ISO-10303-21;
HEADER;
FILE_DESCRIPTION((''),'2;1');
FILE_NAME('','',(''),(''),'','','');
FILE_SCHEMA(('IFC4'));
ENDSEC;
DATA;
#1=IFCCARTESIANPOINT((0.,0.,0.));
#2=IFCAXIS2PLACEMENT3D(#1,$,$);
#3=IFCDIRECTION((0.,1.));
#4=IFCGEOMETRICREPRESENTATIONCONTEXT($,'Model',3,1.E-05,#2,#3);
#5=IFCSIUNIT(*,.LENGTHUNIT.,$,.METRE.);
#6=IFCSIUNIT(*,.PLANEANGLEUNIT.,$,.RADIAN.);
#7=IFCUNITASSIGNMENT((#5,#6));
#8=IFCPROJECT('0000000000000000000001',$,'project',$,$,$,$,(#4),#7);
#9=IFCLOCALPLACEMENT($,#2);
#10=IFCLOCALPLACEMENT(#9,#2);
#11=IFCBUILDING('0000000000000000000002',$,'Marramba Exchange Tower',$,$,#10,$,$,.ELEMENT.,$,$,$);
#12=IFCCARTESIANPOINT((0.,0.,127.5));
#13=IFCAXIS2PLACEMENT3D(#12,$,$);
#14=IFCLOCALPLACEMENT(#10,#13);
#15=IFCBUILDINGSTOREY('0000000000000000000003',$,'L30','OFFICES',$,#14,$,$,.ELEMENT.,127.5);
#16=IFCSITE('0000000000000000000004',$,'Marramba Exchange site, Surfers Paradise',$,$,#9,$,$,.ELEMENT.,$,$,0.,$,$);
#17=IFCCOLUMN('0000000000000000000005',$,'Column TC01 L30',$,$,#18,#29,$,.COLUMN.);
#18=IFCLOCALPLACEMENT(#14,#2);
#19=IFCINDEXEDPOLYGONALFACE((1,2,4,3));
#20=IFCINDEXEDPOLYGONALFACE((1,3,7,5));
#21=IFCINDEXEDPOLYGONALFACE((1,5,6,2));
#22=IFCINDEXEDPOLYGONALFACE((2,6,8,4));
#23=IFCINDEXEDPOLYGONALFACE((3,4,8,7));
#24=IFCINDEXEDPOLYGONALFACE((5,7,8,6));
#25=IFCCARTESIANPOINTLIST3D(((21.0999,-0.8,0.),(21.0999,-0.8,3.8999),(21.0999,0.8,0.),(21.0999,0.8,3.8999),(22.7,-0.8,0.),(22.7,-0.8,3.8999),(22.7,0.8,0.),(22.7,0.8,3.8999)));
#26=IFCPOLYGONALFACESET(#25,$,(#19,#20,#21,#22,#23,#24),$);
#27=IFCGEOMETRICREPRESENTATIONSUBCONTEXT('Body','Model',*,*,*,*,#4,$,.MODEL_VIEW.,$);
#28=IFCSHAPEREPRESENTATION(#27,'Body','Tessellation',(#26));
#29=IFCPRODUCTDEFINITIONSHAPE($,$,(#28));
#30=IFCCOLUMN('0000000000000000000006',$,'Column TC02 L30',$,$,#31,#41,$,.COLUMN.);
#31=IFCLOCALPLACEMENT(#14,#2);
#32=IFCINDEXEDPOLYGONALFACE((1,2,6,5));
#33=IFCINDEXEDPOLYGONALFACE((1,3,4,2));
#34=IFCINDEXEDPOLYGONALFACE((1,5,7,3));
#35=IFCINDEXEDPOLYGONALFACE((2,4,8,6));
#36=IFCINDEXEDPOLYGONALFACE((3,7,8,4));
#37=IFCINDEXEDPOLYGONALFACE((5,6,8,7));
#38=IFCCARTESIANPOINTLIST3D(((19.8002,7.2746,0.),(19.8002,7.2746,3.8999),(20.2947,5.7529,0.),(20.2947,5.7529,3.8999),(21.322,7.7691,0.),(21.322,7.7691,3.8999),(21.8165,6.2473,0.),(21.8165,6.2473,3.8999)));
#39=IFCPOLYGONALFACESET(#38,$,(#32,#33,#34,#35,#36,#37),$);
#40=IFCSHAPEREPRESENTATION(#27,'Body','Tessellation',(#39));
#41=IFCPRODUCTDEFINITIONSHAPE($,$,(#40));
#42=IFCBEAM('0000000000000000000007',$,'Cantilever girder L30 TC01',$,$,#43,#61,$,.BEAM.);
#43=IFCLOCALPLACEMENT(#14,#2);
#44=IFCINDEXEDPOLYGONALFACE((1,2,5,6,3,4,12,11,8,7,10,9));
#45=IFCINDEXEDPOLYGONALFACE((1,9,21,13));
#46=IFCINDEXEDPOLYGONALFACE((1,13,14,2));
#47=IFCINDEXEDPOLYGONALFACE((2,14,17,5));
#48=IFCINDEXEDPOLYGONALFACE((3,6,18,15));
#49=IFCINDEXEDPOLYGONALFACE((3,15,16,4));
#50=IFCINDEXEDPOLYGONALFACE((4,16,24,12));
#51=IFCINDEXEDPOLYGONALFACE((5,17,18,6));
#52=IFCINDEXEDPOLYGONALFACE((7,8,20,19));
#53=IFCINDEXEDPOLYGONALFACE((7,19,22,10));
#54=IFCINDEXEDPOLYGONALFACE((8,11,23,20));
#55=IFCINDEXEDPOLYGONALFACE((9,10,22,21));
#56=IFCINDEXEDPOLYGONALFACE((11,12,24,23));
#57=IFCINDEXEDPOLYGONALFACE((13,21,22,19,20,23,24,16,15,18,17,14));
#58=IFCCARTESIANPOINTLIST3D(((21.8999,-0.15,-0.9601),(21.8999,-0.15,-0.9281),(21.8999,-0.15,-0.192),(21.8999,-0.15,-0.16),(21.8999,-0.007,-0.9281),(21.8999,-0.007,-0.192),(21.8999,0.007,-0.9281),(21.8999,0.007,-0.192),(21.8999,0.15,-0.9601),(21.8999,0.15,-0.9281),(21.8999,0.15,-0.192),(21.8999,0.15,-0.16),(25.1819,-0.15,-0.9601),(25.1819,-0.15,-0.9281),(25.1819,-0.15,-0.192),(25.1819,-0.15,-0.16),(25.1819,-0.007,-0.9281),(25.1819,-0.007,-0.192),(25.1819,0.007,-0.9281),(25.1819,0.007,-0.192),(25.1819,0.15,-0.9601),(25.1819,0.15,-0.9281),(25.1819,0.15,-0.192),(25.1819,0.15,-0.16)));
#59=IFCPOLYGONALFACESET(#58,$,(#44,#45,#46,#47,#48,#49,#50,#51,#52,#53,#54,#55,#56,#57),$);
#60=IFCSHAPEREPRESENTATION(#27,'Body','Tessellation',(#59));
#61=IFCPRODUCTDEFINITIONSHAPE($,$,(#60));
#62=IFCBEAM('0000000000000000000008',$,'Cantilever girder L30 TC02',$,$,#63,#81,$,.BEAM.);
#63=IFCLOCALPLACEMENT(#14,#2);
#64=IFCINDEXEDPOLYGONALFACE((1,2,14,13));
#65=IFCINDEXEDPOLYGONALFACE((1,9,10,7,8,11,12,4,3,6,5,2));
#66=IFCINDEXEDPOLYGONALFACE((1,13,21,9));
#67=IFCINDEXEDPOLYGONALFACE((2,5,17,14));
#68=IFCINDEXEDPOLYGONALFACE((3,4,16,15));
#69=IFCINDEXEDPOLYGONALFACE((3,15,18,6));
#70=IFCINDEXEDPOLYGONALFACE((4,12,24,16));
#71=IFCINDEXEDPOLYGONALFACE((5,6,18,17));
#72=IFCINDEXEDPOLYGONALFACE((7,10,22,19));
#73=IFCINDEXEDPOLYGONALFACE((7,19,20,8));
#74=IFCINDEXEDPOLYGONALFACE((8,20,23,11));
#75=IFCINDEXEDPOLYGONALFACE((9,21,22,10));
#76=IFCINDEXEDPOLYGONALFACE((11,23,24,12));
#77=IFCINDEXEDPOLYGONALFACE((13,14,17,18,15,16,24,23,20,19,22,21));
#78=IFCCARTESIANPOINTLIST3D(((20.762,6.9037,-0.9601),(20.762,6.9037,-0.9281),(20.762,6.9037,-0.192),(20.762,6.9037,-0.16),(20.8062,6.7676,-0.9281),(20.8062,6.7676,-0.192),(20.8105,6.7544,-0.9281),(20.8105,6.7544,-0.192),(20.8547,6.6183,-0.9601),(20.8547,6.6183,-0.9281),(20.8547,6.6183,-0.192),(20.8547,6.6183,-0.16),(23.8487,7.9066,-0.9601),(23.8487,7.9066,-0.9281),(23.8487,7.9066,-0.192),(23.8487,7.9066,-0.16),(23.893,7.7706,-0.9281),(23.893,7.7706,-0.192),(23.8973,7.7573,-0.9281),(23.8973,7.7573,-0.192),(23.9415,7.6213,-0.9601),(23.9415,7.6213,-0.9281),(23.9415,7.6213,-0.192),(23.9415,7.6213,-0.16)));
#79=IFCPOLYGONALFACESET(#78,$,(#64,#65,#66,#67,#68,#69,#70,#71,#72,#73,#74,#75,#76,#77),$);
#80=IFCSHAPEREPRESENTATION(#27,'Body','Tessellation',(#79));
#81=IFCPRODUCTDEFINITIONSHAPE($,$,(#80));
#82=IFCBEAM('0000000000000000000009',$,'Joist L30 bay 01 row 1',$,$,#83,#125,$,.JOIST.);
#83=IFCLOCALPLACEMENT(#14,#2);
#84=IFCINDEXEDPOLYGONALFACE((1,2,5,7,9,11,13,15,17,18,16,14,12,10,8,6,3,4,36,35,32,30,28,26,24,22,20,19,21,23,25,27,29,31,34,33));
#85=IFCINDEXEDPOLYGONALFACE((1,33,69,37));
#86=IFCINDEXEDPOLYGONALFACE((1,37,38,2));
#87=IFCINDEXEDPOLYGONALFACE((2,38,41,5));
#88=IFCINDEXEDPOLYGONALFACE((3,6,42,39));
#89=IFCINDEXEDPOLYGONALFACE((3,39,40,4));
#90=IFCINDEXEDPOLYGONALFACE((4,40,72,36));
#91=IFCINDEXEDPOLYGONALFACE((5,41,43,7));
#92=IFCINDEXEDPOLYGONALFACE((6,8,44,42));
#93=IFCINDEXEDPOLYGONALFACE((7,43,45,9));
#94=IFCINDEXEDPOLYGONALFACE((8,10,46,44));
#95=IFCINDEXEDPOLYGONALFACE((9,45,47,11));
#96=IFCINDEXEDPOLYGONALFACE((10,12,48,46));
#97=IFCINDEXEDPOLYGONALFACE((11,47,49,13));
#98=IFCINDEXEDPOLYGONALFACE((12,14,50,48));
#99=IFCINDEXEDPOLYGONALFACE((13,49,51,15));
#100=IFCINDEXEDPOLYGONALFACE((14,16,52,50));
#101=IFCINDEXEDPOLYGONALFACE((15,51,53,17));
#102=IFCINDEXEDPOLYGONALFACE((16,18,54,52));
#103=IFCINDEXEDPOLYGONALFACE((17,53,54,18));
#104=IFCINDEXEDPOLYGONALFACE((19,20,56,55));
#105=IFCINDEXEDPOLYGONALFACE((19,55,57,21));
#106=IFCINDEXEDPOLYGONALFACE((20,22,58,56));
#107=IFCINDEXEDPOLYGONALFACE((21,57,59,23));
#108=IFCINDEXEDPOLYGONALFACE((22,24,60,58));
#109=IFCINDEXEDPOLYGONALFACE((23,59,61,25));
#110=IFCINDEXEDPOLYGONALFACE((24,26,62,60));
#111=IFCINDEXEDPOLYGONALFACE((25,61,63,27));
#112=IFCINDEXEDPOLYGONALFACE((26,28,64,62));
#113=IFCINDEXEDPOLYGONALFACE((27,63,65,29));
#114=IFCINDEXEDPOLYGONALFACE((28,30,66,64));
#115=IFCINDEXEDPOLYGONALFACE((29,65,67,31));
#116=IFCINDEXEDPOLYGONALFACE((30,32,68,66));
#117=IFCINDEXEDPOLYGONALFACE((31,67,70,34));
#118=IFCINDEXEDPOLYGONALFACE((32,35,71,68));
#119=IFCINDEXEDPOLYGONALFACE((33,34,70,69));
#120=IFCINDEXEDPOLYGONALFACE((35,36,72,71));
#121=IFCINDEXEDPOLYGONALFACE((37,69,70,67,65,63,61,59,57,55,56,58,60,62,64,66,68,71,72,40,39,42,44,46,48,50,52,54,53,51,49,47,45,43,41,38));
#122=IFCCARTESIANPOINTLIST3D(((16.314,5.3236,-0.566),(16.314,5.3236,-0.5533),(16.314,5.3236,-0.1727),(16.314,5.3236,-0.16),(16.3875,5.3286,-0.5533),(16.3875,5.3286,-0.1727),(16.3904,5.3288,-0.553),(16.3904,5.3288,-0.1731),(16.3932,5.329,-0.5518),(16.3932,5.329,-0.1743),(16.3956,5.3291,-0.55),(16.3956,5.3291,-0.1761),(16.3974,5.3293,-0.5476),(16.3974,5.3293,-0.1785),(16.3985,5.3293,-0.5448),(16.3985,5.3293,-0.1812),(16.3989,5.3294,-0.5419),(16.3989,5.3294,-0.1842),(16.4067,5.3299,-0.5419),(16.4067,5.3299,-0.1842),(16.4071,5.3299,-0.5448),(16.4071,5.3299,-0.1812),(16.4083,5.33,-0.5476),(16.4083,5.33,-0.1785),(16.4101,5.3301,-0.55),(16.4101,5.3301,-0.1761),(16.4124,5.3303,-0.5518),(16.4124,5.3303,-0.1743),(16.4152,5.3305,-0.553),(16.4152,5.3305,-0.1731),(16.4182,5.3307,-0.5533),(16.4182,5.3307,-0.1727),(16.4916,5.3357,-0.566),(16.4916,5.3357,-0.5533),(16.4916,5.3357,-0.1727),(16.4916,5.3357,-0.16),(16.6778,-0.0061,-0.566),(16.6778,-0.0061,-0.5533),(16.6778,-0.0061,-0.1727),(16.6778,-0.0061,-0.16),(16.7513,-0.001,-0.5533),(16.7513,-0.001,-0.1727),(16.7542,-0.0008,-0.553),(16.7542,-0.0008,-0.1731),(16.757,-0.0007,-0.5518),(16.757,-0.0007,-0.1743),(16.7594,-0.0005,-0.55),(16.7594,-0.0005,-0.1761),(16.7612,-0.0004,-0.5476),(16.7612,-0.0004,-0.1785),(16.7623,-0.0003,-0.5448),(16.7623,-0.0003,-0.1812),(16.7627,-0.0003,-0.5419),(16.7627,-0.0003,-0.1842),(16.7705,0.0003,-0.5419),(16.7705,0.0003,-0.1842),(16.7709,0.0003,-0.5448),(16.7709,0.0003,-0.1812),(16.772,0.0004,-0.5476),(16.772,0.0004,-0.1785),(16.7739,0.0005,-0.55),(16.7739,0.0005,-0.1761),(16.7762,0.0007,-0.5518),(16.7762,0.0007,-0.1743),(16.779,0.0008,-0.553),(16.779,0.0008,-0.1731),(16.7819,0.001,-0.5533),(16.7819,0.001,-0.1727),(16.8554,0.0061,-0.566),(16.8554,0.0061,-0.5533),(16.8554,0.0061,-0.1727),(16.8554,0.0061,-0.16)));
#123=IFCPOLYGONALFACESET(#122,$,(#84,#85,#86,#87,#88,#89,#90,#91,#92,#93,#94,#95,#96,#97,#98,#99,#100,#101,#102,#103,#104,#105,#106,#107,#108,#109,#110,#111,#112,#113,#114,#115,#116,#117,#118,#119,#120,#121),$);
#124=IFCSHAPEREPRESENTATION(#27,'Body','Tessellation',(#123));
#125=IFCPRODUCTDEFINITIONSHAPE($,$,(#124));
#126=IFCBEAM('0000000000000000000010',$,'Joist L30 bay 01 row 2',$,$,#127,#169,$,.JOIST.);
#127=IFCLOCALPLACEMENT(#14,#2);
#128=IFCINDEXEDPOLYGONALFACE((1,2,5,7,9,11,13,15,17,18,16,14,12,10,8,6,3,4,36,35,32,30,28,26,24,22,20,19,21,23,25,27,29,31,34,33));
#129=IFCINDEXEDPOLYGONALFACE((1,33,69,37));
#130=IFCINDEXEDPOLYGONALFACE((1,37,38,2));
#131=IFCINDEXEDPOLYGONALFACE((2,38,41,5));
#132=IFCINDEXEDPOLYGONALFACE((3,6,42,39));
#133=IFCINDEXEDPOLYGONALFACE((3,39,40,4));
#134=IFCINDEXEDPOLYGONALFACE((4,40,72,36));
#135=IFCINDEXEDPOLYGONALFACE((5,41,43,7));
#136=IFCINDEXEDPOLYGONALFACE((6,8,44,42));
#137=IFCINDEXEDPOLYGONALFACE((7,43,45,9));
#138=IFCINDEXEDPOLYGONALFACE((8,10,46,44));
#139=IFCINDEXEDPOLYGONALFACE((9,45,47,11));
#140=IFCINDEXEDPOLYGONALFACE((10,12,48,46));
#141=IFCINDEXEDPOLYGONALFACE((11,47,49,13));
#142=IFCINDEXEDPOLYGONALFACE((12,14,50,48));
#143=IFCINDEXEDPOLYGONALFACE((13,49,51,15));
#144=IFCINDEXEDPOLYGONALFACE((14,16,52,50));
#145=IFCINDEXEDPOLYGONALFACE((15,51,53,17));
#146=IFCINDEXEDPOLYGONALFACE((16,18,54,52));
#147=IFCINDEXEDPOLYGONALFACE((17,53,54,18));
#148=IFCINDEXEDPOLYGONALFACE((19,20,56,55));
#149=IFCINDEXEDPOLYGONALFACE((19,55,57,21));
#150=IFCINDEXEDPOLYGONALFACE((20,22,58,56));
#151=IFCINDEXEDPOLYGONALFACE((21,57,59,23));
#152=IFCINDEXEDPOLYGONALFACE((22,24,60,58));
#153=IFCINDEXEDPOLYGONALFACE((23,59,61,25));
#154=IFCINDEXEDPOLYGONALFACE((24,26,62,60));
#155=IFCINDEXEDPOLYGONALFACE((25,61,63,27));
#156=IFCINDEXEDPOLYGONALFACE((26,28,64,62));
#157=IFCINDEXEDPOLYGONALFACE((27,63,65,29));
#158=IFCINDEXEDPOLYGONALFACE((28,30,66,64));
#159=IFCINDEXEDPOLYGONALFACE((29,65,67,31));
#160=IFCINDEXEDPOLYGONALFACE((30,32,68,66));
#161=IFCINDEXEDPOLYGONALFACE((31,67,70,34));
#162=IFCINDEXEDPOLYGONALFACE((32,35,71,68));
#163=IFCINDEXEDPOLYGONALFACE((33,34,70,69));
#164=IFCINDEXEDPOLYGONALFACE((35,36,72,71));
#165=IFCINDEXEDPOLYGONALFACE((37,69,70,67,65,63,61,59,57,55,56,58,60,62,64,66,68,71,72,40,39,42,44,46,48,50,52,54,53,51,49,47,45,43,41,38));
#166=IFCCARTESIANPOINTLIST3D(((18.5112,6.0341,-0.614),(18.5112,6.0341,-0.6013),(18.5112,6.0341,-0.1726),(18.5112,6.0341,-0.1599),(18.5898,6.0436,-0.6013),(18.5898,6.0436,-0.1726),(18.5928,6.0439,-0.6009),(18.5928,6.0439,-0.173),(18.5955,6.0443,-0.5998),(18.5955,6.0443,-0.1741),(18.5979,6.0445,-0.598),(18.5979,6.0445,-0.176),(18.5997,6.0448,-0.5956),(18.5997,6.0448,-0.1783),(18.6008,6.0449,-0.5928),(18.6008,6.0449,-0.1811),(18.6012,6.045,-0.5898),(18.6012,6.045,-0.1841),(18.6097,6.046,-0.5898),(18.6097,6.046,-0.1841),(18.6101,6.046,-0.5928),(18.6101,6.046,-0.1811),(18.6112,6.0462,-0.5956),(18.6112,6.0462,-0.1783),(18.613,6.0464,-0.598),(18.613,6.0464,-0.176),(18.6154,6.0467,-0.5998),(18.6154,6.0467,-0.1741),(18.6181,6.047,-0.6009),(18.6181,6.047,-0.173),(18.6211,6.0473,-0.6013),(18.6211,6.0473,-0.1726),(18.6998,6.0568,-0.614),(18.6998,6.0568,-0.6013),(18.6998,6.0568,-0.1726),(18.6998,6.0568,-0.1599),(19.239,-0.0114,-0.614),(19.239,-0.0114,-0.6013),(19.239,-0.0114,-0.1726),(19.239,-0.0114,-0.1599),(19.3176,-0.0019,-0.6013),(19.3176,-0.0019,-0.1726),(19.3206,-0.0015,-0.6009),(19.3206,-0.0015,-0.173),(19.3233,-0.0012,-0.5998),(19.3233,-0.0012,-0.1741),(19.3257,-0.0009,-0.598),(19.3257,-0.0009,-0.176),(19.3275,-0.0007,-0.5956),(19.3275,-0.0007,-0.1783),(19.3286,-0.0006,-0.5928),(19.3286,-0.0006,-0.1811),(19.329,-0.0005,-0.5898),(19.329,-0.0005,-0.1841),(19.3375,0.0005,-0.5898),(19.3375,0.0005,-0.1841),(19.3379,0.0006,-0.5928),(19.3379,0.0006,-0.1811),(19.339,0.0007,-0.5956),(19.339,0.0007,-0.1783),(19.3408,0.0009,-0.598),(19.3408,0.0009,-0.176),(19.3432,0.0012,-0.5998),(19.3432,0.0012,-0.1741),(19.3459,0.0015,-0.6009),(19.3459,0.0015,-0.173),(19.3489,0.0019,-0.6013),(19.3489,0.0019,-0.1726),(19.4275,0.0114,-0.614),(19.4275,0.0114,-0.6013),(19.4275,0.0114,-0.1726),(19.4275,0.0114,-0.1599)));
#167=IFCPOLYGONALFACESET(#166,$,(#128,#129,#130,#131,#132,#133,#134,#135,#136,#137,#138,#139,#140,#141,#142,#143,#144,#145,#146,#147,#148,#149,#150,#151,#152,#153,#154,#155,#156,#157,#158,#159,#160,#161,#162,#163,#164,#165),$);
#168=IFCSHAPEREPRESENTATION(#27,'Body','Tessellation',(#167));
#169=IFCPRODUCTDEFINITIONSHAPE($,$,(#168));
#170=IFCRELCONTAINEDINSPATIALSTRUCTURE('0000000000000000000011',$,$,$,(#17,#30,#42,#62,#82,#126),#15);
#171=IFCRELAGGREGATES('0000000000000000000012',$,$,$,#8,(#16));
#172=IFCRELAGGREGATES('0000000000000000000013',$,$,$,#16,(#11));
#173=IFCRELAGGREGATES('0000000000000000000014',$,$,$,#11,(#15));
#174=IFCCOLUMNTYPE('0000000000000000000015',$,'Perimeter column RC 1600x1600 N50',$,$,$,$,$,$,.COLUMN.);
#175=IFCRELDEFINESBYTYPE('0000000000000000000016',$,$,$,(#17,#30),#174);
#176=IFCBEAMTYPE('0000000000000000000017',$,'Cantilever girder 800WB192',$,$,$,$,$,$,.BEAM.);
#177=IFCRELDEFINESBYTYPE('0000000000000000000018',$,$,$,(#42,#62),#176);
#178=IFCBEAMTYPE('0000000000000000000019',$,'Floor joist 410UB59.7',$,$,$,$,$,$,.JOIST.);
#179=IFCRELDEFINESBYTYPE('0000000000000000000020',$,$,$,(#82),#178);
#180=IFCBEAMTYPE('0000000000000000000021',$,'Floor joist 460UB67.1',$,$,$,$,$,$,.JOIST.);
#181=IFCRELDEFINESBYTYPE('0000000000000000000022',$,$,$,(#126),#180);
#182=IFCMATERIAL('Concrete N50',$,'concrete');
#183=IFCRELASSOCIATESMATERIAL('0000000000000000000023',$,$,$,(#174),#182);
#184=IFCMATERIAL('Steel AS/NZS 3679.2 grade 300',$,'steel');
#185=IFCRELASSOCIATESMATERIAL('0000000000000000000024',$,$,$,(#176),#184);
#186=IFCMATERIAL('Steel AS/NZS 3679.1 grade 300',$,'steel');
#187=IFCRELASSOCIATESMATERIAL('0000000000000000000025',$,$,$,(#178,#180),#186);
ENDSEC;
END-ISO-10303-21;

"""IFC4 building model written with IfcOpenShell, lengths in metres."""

from ifc_helpers import new_model, si_unit, direction, frame, origin, origin_2d, place, context, subcontext, project, spatial, rectangle, i_section, extrude, material, material_profile, profile_set, type_object, element, save


model = new_model("IFC4")

# Units and contexts
model_context = context("Model", 3, precision=1e-05, world=origin(), true_north=direction((0.0, 1.0)))
body_context = subcontext(model_context, "Body", "Model", "MODEL_VIEW")
ifc_project = project(units=[si_unit("LENGTHUNIT", "METRE"), si_unit("PLANEANGLEUNIT", "RADIAN")], contexts=[model_context])

# Site, building, storey
site_placement = place(None, origin())
site = spatial("IfcSite", under=ifc_project, at=site_placement, Name="Marramba Exchange site, Surfers Paradise", CompositionType="ELEMENT", RefElevation=0.0)
building_placement = place(site_placement, origin())
building = spatial("IfcBuilding", under=site, at=building_placement, Name="Marramba Exchange Tower", CompositionType="ELEMENT")
storey_placement = place(building_placement, frame((0.0, 0.0, 127.5)))
storey = spatial("IfcBuildingStorey", under=building, at=storey_placement, Name="L30", Description="OFFICES", CompositionType="ELEMENT", Elevation=127.5)

# Columns
ifc_material_1 = material(Name="Concrete N50", Category="concrete")
ifc_material_profile_1 = material_profile(ifc_material_1, rectangle(XDim=1.6001, YDim=1.6001, at=origin_2d()), Name="RC 1600x1600")
ifc_profile_set_1 = profile_set([ifc_material_profile_1], Name="Concrete N50")
column_type = type_object("IfcColumnType", Name="Perimeter column RC 1600x1600 N50", PredefinedType="COLUMN", material=ifc_profile_set_1)
for number, where, z_axis, x_axis, name in (
    (1, (21.8999, 0.0, 0.0), (0.0, 0.0, 1.0), (1.0, 0.0, 0.0), "Column TC01 L30"),
    (2, (20.8083, 6.761, 0.0), (0.0, 0.0, 1.0), (0.951057, 0.309017, 0.0), "Column TC02 L30"),
):
    element("IfcColumn", number, at=place(storey_placement, frame(where, z_axis=z_axis, x_axis=x_axis)), inside=storey, type_object=column_type, Name=name, PredefinedType="COLUMN", context=body_context, shape_type="SweptSolid", body=[
        extrude(rectangle(XDim=1.6001, YDim=1.6001, at=origin_2d()), origin(), (0.0, 0.0, 1.0), 3.8999),
    ])

# Beams
ifc_material_2 = material(Name="Steel AS/NZS 3679.2 grade 300", Category="steel")
ifc_material_profile_2 = material_profile(ifc_material_2, i_section(OverallWidth=0.3, OverallDepth=0.8, WebThickness=0.0139, FlangeThickness=0.032, at=origin_2d()), Name="800WB192")
ifc_profile_set_2 = profile_set([ifc_material_profile_2], Name="Steel AS/NZS 3679.2 grade 300")
beam_type_1 = type_object("IfcBeamType", Name="Cantilever girder 800WB192", PredefinedType="BEAM", material=ifc_profile_set_2)
beam_1_placement = place(storey_placement, frame((21.8999, 0.0, -0.5601), z_axis=(1.0, 0.0, 0.0), x_axis=(0.0, 1.0, 0.0)))
element("IfcBeam", 3, at=beam_1_placement, inside=storey, type_object=beam_type_1, Name="Cantilever girder L30 TC01", PredefinedType="BEAM", context=body_context, shape_type="SweptSolid", body=[
    extrude(i_section(OverallWidth=0.3, OverallDepth=0.8, WebThickness=0.0139, FlangeThickness=0.032, at=origin_2d()), origin(), (0.0, 0.0, 1.0), 3.282),
])
beam_2_placement = place(storey_placement, frame((20.8083, 6.761, -0.5601), z_axis=(0.951056, 0.30902, 0.0), x_axis=(-0.30902, 0.951056, 0.0)))
element("IfcBeam", 4, at=beam_2_placement, inside=storey, type_object=beam_type_1, Name="Cantilever girder L30 TC02", PredefinedType="BEAM", context=body_context, shape_type="SweptSolid", body=[
    extrude(i_section(OverallWidth=0.3, OverallDepth=0.8, WebThickness=0.0139, FlangeThickness=0.032, at=origin_2d()), origin(), (0.0, 0.0, 1.0), 3.2456),
])
ifc_material_3 = material(Name="Steel AS/NZS 3679.1 grade 300", Category="steel")
ifc_material_profile_3 = material_profile(ifc_material_3, i_section(OverallWidth=0.178, OverallDepth=0.406, WebThickness=0.0078, FlangeThickness=0.0127, FilletRadius=0.0115, at=origin_2d()), Name="410UB59.7")
ifc_profile_set_3 = profile_set([ifc_material_profile_3], Name="Steel AS/NZS 3679.1 grade 300")
beam_type_2 = type_object("IfcBeamType", Name="Floor joist 410UB59.7", PredefinedType="JOIST", material=ifc_profile_set_3)
beam_3_placement = place(storey_placement, frame((16.7666, 0.0, -0.363), z_axis=(-0.068096, 0.997679, 0.0), x_axis=(-0.997679, -0.068096, 0.0)))
element("IfcBeam", 5, at=beam_3_placement, inside=storey, type_object=beam_type_2, Name="Joist L30 bay 01 row 1", PredefinedType="JOIST", context=body_context, shape_type="SweptSolid", body=[
    extrude(i_section(OverallWidth=0.178, OverallDepth=0.406, WebThickness=0.0078, FlangeThickness=0.0127, FilletRadius=0.0115, at=origin_2d()), origin(), (0.0, 0.0, 1.0), 5.342),
])
ifc_material_profile_4 = material_profile(ifc_material_3, i_section(OverallWidth=0.1899, OverallDepth=0.4541, WebThickness=0.0085, FlangeThickness=0.0127, FilletRadius=0.0115, at=origin_2d()), Name="460UB67.1")
ifc_profile_set_4 = profile_set([ifc_material_profile_4], Name="Steel AS/NZS 3679.1 grade 300")
beam_type_3 = type_object("IfcBeamType", Name="Floor joist 460UB67.1", PredefinedType="JOIST", material=ifc_profile_set_4)
beam_4_placement = place(storey_placement, frame((19.3333, 0.0, -0.387), z_axis=(-0.119523, 0.992831, 0.0), x_axis=(-0.992831, -0.119523, 0.0)))
element("IfcBeam", 6, at=beam_4_placement, inside=storey, type_object=beam_type_3, Name="Joist L30 bay 01 row 2", PredefinedType="JOIST", context=body_context, shape_type="SweptSolid", body=[
    extrude(i_section(OverallWidth=0.1899, OverallDepth=0.4541, WebThickness=0.0085, FlangeThickness=0.0127, FilletRadius=0.0115, at=origin_2d()), origin(), (0.0, 0.0, 1.0), 6.0891),
])

save(model, "model.ifc")
